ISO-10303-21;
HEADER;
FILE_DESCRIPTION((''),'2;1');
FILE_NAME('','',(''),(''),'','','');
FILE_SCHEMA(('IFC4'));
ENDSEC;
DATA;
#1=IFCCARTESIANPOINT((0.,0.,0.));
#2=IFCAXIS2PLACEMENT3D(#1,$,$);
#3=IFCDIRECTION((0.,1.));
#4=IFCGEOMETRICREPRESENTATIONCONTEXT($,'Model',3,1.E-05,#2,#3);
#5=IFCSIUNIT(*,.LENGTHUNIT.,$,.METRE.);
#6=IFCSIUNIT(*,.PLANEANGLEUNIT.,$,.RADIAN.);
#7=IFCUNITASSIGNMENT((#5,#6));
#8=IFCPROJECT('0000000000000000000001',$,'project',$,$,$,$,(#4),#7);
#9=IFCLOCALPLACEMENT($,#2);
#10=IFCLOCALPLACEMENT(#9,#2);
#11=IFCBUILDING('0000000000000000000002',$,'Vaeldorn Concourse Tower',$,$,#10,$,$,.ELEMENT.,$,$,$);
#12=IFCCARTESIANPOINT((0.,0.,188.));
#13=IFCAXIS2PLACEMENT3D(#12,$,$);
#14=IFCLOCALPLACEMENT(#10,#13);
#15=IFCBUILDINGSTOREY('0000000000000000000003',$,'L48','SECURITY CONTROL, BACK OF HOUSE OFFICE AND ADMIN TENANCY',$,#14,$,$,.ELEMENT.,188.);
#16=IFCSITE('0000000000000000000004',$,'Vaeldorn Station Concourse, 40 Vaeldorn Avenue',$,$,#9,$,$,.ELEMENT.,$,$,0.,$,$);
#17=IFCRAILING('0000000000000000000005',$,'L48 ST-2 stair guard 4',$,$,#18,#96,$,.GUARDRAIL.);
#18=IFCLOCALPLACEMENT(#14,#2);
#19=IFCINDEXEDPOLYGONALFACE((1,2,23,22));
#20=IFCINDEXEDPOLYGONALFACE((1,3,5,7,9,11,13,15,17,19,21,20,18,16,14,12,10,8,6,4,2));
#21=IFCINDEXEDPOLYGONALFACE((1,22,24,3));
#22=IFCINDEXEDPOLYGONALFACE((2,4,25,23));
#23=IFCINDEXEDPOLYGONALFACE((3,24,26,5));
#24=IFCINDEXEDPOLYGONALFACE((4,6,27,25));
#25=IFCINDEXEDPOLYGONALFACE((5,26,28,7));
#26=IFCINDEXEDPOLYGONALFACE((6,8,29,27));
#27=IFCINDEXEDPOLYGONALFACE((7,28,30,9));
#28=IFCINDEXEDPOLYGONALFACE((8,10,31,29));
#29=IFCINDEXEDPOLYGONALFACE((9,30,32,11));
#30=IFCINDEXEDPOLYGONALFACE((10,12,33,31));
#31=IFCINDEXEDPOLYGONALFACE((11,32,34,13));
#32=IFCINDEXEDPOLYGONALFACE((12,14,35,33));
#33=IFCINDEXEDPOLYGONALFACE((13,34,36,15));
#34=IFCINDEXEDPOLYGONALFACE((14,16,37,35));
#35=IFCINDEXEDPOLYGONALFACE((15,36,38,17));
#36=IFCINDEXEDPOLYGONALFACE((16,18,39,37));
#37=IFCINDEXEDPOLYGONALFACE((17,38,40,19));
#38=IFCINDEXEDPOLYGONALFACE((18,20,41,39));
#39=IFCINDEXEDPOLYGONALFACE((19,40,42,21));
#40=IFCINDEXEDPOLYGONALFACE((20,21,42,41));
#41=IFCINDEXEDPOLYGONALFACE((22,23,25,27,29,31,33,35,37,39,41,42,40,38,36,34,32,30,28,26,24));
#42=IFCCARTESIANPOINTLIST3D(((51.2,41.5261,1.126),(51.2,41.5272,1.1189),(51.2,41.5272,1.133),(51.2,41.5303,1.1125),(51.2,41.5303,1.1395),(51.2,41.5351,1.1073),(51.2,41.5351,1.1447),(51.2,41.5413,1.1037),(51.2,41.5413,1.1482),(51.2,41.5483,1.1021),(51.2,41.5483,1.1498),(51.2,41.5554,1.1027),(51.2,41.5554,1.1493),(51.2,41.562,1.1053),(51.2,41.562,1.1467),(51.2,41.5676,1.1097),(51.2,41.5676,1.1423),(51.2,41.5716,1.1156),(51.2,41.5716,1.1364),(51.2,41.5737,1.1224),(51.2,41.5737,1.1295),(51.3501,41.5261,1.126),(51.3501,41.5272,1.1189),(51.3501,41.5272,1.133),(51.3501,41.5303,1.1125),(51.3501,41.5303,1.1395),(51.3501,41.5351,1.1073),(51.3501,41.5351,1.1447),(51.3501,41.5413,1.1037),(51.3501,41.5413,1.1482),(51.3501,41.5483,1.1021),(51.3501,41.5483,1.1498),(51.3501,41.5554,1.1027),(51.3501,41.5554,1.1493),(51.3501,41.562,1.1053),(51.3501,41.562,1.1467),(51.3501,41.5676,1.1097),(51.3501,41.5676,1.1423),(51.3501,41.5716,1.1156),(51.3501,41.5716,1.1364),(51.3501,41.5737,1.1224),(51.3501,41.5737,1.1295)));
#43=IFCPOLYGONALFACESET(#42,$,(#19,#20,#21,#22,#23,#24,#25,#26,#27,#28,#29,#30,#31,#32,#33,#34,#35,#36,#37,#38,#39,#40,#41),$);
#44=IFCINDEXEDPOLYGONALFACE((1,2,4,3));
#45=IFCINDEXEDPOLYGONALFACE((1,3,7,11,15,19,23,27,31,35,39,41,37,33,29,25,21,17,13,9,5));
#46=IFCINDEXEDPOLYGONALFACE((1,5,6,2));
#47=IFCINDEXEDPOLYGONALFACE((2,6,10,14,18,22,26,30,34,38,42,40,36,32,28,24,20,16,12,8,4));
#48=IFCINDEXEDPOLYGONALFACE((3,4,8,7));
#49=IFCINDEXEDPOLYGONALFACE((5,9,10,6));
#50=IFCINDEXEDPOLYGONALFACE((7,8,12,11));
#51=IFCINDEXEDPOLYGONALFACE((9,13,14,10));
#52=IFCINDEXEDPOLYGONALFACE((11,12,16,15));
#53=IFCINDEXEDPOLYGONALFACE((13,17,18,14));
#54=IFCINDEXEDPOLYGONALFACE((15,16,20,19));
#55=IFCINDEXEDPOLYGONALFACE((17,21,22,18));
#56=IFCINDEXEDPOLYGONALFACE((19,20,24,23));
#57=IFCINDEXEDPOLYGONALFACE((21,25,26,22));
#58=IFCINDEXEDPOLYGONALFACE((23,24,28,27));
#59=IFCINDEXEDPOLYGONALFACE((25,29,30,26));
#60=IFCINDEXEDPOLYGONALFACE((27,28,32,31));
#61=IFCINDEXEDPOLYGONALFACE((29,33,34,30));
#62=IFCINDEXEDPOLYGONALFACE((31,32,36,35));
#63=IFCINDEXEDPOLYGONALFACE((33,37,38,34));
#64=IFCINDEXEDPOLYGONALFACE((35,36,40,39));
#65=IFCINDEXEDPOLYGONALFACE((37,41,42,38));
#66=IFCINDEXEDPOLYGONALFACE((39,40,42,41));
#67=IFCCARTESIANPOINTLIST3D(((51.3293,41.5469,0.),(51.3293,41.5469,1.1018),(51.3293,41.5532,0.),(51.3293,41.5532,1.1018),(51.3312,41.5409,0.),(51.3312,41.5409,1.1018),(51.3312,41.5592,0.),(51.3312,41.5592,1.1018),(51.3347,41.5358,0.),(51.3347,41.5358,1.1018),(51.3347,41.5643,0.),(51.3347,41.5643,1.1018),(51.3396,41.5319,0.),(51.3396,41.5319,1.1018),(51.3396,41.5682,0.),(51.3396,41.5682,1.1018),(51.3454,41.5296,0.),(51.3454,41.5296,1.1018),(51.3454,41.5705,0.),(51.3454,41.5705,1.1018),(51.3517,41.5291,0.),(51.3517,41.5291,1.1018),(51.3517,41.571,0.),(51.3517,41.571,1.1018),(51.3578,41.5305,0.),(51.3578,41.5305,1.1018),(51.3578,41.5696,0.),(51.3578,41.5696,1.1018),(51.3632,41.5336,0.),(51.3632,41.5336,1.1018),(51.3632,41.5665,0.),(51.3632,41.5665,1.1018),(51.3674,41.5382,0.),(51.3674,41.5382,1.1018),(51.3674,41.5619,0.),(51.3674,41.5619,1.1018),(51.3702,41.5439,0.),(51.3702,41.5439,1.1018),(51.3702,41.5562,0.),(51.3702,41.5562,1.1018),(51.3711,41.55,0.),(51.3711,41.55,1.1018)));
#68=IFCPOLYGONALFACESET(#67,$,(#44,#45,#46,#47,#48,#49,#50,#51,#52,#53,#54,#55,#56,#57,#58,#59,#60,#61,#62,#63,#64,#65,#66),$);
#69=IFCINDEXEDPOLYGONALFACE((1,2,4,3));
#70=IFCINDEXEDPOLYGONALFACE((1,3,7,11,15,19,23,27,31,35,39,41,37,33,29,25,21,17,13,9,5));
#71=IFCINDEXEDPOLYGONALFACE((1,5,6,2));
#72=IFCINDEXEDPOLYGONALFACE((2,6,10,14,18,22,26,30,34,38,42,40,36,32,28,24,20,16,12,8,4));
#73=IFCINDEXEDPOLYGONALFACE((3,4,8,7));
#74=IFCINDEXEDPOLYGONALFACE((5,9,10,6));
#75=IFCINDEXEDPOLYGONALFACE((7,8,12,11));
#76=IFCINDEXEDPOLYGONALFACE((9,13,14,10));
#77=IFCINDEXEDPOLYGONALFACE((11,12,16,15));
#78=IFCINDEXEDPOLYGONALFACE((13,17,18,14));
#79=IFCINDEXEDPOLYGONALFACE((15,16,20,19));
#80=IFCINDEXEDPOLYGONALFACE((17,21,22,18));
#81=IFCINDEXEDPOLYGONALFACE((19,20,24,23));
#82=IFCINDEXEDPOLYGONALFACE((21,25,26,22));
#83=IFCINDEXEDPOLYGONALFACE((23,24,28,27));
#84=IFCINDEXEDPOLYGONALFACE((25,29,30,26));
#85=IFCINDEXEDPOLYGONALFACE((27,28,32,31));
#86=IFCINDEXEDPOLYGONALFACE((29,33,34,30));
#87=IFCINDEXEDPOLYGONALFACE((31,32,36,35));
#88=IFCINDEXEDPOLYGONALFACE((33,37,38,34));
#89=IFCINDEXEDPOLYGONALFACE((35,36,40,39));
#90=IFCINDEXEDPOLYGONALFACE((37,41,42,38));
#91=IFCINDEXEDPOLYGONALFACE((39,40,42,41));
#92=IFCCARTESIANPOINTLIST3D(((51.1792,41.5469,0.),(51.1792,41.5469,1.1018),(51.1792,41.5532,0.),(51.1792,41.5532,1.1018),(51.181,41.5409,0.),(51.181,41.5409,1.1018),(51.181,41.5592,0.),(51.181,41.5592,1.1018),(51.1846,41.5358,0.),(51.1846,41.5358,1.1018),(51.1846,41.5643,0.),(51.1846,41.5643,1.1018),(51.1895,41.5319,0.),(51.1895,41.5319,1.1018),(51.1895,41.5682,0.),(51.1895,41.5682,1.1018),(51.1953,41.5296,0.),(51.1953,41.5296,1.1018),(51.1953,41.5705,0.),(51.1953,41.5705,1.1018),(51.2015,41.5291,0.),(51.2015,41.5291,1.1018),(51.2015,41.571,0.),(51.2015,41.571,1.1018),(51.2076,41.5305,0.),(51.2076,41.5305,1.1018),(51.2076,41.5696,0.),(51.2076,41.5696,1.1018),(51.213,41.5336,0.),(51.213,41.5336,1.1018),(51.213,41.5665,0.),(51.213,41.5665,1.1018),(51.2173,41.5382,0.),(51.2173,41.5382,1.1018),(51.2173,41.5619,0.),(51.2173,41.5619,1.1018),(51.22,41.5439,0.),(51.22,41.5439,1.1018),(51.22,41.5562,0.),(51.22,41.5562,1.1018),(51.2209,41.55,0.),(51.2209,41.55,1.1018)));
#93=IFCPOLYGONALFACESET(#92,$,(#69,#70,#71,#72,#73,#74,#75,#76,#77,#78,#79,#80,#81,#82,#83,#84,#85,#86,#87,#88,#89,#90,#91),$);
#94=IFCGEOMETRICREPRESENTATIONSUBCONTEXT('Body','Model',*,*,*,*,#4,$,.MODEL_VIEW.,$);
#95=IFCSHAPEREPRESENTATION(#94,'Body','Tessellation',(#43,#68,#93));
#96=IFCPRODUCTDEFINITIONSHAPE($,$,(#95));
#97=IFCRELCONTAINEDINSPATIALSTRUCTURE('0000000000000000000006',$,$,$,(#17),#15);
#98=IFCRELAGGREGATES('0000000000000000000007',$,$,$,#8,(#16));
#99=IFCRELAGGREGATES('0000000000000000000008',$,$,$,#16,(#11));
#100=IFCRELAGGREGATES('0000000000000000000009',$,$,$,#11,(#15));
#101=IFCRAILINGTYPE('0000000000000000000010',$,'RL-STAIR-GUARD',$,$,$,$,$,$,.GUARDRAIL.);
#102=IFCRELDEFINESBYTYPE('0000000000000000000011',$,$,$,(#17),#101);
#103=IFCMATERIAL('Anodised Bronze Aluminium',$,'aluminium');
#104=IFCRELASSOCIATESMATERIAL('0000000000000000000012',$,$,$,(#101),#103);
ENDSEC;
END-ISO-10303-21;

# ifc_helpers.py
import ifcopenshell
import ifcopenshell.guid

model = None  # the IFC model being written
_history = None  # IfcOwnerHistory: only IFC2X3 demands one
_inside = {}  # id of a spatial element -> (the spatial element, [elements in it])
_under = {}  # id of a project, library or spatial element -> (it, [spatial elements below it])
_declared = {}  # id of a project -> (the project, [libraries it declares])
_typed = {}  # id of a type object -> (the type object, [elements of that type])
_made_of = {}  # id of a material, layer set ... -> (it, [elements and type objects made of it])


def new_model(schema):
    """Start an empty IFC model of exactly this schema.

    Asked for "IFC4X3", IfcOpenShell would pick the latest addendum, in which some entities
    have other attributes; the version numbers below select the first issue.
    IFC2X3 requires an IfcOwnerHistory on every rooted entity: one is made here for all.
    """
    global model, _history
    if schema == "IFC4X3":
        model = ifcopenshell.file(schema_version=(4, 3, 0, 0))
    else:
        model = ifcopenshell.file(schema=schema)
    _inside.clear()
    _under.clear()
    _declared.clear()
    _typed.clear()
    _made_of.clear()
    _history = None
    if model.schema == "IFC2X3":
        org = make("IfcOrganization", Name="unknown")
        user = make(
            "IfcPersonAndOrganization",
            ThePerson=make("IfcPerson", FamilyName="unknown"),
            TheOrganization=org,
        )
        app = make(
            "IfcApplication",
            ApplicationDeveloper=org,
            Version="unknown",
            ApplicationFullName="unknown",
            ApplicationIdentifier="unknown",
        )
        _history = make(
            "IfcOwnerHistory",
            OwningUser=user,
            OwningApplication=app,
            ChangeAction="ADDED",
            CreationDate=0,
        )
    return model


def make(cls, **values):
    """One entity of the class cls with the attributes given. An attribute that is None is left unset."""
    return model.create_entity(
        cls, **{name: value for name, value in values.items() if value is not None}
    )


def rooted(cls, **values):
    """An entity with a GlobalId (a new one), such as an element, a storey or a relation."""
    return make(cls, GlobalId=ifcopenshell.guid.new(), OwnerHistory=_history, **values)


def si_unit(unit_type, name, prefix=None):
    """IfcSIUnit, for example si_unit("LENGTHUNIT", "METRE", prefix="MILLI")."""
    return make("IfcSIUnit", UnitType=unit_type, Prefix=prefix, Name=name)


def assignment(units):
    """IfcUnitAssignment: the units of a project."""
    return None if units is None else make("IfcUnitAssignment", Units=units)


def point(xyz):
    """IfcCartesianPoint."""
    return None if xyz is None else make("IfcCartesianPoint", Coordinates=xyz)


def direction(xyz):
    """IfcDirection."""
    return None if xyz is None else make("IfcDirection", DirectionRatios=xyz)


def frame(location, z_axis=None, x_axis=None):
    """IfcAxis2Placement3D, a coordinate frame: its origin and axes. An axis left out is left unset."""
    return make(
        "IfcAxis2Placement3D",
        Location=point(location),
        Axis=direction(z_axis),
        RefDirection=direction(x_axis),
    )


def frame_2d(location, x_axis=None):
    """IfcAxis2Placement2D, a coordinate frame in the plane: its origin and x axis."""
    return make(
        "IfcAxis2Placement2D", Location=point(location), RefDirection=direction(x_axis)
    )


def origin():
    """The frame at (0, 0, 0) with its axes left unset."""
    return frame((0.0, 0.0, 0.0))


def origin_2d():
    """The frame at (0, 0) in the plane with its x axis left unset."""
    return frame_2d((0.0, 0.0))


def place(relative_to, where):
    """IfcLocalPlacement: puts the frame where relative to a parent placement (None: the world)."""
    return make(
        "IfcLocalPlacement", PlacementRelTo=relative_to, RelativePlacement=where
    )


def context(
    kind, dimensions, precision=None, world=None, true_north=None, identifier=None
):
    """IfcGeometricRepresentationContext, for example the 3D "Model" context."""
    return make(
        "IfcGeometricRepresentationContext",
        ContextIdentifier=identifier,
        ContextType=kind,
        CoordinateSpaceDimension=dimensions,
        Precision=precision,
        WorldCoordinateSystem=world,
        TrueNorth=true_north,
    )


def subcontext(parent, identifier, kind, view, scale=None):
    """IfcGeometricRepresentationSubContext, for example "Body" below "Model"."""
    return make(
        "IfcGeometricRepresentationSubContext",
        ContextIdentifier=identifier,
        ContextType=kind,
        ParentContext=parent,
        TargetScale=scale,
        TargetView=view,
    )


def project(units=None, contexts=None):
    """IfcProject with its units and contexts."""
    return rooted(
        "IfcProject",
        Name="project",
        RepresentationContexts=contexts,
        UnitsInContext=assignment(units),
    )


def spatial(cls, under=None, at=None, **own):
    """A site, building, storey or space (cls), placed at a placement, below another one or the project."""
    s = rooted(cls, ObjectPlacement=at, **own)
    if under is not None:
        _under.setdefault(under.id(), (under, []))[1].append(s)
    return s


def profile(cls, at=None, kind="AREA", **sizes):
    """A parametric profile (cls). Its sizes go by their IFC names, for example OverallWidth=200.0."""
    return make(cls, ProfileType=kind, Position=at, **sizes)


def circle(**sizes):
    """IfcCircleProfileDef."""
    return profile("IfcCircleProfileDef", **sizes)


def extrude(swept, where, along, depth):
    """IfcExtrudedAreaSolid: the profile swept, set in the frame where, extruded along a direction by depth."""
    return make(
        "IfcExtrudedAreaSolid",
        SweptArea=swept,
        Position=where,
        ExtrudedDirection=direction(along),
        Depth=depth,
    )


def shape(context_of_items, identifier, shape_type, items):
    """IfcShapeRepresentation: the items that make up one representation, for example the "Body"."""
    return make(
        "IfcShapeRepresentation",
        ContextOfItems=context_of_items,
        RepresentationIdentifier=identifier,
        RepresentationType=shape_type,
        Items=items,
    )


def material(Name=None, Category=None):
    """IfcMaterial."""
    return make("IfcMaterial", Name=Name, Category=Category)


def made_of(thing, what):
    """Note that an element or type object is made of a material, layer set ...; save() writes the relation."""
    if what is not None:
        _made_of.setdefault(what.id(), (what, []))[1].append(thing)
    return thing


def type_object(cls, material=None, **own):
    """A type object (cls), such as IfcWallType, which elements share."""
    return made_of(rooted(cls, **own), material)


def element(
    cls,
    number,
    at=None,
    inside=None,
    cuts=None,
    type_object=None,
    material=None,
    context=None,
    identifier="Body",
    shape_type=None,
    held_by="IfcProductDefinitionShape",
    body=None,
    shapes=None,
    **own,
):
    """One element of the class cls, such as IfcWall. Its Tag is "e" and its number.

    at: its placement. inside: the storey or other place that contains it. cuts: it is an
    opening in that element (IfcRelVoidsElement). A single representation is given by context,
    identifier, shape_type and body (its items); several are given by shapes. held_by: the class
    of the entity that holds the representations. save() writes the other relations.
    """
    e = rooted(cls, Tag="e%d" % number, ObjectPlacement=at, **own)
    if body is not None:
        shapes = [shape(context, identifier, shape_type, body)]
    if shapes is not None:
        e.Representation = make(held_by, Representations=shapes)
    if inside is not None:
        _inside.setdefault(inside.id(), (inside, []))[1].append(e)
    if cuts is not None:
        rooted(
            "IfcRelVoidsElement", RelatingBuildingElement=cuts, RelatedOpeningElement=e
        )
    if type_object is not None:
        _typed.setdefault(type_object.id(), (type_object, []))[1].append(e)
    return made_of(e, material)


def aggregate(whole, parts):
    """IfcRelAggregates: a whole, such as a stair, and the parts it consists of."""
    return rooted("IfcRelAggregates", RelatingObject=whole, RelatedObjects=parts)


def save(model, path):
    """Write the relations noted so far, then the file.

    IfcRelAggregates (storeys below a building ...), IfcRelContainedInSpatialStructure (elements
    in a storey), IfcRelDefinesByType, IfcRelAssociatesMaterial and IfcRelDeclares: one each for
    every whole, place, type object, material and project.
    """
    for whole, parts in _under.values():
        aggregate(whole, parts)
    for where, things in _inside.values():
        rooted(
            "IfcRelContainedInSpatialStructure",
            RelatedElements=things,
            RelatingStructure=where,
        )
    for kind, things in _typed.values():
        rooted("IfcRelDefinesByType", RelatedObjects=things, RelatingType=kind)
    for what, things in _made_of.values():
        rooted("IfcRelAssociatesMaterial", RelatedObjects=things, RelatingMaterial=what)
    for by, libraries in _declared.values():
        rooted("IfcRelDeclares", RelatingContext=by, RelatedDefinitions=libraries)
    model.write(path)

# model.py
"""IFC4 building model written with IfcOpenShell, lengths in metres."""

from ifc_helpers import new_model, si_unit, direction, frame, origin, origin_2d, place, context, subcontext, project, spatial, circle, extrude, material, type_object, element, save


model = new_model("IFC4")

# Units and contexts
model_context = context("Model", 3, precision=1e-05, world=origin(), true_north=direction((0.0, 1.0)))
body_context = subcontext(model_context, "Body", "Model", "MODEL_VIEW")
ifc_project = project(units=[si_unit("LENGTHUNIT", "METRE"), si_unit("PLANEANGLEUNIT", "RADIAN")], contexts=[model_context])

# Site, building, storey
site_placement = place(None, origin())
site = spatial("IfcSite", under=ifc_project, at=site_placement, Name="Vaeldorn Station Concourse, 40 Vaeldorn Avenue", CompositionType="ELEMENT", RefElevation=0.0)
building_placement = place(site_placement, origin())
building = spatial("IfcBuilding", under=site, at=building_placement, Name="Vaeldorn Concourse Tower", CompositionType="ELEMENT")
storey_placement = place(building_placement, frame((0.0, 0.0, 188.0)))
storey = spatial("IfcBuildingStorey", under=building, at=storey_placement, Name="L48", Description="SECURITY CONTROL, BACK OF HOUSE OFFICE AND ADMIN TENANCY", CompositionType="ELEMENT", Elevation=188.0)

# Shared definitions
ifc_material_1 = material(Name="Anodised Bronze Aluminium", Category="aluminium")

# Railing
railing_type_1 = type_object("IfcRailingType", Name="RL-STAIR-GUARD", PredefinedType="GUARDRAIL", material=ifc_material_1)
railing_1_placement = place(storey_placement, frame((51.3501, 41.55, 0.0)))
element("IfcRailing", 1, at=railing_1_placement, inside=storey, type_object=railing_type_1, Name="L48 ST-2 stair guard 4", PredefinedType="GUARDRAIL", context=body_context, shape_type="SweptSolid", body=[
    extrude(circle(Radius=0.0239, at=origin_2d()), frame((0.0, 0.0, 1.126), z_axis=(-1.0, 0.0, 0.0), x_axis=(0.0, -1.0, 0.0)), (0.0, 0.0, 1.0), 0.1501),
    extrude(circle(Radius=0.021, at=origin_2d()), origin(), (0.0, 0.0, 1.0), 1.1018),
    extrude(circle(Radius=0.021, at=origin_2d()), frame((-0.1501, 0.0, 0.0)), (0.0, 0.0, 1.0), 1.1018),
])

save(model, "model.ifc")
